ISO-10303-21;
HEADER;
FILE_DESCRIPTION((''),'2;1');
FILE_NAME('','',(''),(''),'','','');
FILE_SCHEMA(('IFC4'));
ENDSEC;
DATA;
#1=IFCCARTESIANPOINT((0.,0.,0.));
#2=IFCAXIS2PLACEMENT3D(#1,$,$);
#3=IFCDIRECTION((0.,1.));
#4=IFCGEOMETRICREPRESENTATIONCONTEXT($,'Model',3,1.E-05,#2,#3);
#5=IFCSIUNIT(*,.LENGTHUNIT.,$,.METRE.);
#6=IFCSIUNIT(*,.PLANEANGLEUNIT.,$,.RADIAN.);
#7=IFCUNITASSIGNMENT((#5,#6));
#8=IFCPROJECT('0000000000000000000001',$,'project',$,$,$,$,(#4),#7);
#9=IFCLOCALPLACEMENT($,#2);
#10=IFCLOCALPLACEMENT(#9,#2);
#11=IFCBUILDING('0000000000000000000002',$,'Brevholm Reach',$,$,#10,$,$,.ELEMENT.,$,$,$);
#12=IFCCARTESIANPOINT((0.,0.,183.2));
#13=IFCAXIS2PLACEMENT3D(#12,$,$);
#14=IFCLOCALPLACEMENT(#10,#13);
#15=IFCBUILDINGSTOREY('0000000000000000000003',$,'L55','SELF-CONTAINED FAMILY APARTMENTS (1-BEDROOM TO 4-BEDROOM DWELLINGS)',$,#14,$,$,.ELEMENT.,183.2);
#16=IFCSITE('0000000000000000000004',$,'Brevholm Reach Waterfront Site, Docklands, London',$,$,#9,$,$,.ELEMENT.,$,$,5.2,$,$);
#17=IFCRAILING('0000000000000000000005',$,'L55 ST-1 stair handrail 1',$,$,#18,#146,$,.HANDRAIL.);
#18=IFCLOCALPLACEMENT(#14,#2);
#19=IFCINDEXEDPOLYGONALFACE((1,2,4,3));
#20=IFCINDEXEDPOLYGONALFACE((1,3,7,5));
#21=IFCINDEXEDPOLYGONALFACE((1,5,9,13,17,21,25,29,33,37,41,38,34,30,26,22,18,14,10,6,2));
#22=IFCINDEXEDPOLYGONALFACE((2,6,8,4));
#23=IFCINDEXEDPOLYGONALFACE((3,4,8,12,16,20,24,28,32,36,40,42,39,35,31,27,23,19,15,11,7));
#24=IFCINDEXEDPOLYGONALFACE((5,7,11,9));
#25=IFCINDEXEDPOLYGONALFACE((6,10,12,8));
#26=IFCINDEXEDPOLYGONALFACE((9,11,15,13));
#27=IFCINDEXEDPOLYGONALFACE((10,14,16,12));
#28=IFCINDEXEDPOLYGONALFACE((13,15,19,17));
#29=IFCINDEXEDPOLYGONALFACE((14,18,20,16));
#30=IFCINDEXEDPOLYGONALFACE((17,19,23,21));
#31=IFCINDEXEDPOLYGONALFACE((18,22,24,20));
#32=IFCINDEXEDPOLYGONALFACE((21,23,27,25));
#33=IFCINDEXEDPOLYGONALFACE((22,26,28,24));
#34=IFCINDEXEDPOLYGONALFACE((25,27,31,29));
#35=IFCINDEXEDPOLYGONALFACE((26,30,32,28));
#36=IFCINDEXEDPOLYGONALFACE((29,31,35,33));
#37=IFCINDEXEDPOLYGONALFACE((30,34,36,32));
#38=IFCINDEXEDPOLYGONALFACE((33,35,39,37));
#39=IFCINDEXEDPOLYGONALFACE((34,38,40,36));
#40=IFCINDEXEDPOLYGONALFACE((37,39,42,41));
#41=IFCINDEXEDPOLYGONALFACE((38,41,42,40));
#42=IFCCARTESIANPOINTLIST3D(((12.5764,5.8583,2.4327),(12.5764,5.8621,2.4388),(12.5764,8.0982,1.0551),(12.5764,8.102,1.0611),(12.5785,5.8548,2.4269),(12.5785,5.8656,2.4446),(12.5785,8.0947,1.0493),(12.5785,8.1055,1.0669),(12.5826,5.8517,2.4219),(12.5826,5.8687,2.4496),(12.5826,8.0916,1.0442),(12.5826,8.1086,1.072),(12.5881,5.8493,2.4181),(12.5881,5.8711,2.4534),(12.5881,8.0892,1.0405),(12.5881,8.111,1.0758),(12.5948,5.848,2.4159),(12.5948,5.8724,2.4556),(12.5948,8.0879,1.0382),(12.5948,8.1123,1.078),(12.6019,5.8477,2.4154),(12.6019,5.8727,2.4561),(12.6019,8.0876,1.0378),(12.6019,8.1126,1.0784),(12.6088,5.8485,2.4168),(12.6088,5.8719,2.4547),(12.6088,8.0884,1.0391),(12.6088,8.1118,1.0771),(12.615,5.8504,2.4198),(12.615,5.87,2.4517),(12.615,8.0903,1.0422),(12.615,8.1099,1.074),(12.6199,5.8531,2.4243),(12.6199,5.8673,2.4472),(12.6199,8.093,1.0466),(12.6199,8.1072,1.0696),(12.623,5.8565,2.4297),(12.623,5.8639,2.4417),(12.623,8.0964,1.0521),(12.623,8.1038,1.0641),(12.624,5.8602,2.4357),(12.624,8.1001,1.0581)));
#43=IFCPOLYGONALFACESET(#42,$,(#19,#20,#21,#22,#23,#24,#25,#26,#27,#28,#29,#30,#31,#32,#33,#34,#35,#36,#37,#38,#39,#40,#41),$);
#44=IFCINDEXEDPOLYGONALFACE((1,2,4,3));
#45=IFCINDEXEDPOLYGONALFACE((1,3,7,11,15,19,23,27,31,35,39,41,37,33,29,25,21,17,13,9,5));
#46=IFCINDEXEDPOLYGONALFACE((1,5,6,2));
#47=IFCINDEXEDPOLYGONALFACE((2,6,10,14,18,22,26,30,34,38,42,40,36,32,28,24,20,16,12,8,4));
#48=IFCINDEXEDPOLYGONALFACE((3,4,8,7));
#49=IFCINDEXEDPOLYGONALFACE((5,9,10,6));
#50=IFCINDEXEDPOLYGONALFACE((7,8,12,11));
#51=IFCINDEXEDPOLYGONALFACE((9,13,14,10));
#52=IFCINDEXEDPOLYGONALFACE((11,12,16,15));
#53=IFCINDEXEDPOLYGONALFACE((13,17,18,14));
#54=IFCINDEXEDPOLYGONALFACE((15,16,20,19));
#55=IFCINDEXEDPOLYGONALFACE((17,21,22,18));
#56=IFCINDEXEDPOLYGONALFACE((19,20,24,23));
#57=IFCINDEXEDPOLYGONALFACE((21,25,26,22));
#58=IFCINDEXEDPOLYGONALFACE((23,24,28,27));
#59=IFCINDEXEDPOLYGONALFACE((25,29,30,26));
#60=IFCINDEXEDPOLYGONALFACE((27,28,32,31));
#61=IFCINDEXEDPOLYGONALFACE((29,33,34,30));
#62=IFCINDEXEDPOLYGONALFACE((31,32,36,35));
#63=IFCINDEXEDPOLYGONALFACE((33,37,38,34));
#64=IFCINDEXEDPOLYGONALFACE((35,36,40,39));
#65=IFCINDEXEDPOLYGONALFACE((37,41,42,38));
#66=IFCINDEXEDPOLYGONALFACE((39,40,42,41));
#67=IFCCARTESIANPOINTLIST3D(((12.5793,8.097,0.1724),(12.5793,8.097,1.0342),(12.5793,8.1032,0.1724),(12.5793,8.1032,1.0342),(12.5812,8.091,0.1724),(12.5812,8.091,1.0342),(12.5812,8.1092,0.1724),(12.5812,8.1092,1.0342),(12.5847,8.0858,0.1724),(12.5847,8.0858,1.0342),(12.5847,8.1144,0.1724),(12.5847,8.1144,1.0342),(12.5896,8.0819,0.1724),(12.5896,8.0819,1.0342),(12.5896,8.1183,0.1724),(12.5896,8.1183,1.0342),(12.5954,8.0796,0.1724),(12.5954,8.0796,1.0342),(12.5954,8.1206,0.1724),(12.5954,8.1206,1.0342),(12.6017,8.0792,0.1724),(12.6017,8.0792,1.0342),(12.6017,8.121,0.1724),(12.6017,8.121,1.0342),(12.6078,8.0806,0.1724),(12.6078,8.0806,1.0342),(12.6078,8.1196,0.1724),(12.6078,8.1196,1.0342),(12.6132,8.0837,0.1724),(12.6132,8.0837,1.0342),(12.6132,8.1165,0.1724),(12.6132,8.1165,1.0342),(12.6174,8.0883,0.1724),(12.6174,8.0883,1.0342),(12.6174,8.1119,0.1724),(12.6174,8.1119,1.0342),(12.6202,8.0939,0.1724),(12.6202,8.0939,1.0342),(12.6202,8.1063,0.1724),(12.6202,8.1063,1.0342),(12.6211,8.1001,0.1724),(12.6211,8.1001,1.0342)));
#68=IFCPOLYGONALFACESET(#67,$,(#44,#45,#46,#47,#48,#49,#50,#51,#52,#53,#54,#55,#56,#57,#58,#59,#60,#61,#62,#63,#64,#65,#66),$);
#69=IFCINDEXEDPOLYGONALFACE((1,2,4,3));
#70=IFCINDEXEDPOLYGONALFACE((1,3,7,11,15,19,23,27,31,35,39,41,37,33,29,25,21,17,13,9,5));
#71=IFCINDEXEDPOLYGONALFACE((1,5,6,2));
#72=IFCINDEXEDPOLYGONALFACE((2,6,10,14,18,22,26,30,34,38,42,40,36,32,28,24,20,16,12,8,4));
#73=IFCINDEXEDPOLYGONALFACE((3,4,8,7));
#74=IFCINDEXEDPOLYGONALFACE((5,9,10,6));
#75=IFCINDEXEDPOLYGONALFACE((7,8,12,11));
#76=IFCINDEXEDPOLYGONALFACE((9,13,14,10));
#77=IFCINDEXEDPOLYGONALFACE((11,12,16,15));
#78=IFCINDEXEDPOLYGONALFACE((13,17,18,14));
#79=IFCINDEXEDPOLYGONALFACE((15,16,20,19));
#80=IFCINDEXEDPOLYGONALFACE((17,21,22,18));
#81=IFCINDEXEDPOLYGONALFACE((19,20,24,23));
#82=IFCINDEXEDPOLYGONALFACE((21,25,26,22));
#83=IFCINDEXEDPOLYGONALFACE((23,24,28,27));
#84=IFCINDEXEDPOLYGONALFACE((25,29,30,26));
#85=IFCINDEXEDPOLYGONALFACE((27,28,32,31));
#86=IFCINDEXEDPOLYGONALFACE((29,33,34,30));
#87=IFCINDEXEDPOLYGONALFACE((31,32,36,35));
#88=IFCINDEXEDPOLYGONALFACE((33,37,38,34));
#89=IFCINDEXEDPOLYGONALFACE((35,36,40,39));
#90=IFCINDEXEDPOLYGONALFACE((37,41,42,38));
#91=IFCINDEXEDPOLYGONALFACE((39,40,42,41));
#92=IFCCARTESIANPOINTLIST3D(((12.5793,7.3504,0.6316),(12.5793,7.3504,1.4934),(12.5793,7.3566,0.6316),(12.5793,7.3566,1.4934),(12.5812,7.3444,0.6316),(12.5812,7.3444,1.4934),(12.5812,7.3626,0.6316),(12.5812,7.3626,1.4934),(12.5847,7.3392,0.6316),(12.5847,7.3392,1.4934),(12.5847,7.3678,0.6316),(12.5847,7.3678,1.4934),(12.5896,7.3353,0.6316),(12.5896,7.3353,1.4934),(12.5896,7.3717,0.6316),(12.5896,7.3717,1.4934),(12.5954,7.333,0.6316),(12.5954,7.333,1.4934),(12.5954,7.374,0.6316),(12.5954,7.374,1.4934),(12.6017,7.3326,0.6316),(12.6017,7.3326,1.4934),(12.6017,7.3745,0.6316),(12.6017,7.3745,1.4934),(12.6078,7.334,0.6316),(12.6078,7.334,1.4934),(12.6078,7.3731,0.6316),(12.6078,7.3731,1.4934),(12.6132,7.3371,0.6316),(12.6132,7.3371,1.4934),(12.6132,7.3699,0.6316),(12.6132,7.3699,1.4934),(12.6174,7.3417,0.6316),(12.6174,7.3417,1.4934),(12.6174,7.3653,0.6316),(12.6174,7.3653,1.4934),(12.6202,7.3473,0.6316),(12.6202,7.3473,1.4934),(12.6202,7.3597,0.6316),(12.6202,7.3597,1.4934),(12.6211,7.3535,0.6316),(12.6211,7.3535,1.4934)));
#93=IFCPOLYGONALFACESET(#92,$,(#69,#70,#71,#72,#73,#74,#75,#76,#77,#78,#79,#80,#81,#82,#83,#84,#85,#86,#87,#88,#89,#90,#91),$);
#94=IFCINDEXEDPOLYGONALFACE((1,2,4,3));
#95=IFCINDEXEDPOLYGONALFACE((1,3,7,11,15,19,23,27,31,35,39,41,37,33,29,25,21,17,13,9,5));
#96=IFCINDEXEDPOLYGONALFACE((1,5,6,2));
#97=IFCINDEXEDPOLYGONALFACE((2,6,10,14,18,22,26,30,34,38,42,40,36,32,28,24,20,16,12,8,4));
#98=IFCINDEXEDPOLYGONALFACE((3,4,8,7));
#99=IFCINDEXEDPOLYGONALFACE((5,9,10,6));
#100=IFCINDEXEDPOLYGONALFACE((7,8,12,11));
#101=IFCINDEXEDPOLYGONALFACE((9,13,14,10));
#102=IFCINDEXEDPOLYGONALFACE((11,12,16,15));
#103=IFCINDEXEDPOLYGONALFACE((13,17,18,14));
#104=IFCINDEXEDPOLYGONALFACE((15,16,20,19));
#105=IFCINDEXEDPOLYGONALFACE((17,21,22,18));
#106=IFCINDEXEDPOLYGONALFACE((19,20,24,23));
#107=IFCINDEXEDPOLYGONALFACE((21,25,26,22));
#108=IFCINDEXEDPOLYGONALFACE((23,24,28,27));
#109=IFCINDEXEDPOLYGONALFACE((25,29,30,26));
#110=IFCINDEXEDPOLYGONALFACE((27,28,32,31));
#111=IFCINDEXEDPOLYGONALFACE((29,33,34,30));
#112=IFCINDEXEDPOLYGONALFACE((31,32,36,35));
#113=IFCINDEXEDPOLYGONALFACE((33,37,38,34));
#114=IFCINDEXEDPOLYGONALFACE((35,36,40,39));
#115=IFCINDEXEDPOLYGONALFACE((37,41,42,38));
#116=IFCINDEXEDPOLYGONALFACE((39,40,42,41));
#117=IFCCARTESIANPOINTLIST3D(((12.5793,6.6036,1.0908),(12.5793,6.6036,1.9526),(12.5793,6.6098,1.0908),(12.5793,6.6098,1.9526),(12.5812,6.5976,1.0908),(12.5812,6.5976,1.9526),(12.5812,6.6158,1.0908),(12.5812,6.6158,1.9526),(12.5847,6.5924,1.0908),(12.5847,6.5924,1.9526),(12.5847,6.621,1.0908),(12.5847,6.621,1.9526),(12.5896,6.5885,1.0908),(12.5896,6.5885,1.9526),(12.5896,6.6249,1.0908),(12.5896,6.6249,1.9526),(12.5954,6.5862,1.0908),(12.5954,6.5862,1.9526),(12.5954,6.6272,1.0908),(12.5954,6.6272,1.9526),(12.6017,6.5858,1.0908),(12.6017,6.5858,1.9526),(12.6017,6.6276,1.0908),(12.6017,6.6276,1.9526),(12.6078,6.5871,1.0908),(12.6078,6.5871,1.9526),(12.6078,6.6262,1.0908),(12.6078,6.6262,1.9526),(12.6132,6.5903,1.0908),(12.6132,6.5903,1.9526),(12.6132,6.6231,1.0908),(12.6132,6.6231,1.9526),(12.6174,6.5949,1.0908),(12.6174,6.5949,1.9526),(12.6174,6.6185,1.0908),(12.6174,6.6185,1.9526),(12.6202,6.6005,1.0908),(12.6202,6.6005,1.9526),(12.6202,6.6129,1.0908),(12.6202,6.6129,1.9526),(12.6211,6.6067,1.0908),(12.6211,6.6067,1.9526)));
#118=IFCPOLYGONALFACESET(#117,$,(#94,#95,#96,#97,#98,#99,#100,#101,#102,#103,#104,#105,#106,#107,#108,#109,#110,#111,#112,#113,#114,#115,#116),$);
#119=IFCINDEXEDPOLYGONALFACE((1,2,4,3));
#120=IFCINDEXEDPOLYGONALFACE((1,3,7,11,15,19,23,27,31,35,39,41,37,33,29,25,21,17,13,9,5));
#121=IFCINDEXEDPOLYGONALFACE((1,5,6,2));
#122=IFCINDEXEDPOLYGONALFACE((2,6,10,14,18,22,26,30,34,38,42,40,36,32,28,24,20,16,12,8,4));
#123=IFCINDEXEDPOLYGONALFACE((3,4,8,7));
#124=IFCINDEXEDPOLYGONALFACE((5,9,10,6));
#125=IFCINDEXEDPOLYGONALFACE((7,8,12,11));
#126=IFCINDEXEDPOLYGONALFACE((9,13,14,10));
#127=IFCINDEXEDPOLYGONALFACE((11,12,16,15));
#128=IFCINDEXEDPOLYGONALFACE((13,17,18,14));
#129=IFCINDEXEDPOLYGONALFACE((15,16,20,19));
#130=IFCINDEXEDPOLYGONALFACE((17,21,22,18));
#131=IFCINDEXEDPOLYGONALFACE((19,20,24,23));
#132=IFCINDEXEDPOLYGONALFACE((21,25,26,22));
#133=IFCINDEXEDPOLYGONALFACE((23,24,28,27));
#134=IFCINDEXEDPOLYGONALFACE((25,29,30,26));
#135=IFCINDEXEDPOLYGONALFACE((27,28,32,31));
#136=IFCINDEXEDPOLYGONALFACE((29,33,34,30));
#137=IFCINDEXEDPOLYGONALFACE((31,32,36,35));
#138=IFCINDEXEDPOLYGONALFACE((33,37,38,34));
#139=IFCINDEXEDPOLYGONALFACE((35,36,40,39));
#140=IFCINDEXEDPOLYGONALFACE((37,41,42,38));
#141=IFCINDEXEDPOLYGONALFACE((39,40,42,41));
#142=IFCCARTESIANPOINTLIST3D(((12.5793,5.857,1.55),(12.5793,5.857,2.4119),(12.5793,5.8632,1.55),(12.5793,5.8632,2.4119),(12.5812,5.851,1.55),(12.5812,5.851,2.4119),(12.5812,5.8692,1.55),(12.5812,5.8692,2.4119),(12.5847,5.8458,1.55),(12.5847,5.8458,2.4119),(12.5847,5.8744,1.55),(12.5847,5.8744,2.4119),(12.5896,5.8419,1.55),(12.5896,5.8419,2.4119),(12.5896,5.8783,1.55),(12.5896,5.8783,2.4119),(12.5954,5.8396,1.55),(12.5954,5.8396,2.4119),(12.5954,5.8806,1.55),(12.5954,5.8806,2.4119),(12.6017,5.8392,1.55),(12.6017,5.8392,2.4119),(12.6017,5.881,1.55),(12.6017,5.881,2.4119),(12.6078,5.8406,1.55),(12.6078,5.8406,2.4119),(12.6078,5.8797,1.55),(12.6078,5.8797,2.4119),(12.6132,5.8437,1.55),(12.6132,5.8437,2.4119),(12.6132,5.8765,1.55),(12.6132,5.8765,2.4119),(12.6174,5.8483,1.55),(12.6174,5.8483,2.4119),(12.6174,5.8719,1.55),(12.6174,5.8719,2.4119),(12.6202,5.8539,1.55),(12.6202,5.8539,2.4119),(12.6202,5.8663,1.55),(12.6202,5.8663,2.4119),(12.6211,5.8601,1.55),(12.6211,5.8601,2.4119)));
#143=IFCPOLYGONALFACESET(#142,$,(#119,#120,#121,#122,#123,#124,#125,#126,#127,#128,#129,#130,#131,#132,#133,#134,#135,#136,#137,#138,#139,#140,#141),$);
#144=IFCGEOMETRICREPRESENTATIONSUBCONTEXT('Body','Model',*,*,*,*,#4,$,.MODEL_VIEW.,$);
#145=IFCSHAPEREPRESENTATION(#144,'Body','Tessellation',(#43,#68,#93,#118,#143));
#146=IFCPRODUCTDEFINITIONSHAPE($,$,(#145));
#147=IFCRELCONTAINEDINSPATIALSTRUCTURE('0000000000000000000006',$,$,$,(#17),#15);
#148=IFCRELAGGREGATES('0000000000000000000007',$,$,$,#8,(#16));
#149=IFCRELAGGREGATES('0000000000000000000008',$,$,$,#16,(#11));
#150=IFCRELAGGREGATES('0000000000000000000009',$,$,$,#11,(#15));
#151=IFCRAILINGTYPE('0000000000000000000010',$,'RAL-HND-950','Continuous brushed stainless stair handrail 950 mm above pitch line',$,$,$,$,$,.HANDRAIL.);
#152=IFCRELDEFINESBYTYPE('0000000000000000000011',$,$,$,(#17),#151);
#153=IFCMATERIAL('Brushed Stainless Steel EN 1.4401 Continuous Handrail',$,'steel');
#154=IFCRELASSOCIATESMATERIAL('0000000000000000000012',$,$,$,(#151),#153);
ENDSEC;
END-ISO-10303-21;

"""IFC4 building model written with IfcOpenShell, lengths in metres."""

from ifc_helpers import new_model, si_unit, direction, frame, origin, origin_2d, place, context, subcontext, project, spatial, circle, extrude, material, type_object, element, save


model = new_model("IFC4")

# Units and contexts
model_context = context("Model", 3, precision=1e-05, world=origin(), true_north=direction((0.0, 1.0)))
body_context = subcontext(model_context, "Body", "Model", "MODEL_VIEW")
ifc_project = project(units=[si_unit("LENGTHUNIT", "METRE"), si_unit("PLANEANGLEUNIT", "RADIAN")], contexts=[model_context])

# Site, building, storey
site_placement = place(None, origin())
site = spatial("IfcSite", under=ifc_project, at=site_placement, Name="Brevholm Reach Waterfront Site, Docklands, London", CompositionType="ELEMENT", RefElevation=5.2)
building_placement = place(site_placement, origin())
building = spatial("IfcBuilding", under=site, at=building_placement, Name="Brevholm Reach", CompositionType="ELEMENT")
storey_placement = place(building_placement, frame((0.0, 0.0, 183.2)))
storey = spatial("IfcBuildingStorey", under=building, at=storey_placement, Name="L55", Description="SELF-CONTAINED FAMILY APARTMENTS (1-BEDROOM TO 4-BEDROOM DWELLINGS)", CompositionType="ELEMENT", Elevation=183.2)

# Railing
ifc_material_1 = material(Name="Brushed Stainless Steel EN 1.4401 Continuous Handrail", Category="steel")
railing_type_1 = type_object("IfcRailingType", Name="RAL-HND-950", Description="Continuous brushed stainless stair handrail 950 mm above pitch line", PredefinedType="HANDRAIL", material=ifc_material_1)
railing_1_placement = place(storey_placement, frame((12.6001, 8.1001, 0.1724)))
element("IfcRailing", 1, at=railing_1_placement, inside=storey, type_object=railing_type_1, Name="L55 ST-1 stair handrail 1", PredefinedType="HANDRAIL", context=body_context, shape_type="SweptSolid", body=[
    extrude(circle(Radius=0.0239, at=origin_2d()), frame((0.0, 0.0, 0.8857), z_axis=(0.0, -0.851789, 0.523885), x_axis=(1.0, 0.0, 0.0)), (0.0, 0.0, 1.0), 2.6296),
    extrude(circle(Radius=0.021, at=origin_2d()), origin(), (0.0, 0.0, 1.0), 0.8618),
    extrude(circle(Radius=0.021, at=origin_2d()), frame((0.0, -0.7466, 0.4592)), (0.0, 0.0, 1.0), 0.8618),
    extrude(circle(Radius=0.021, at=origin_2d()), frame((0.0, -1.4934, 0.9185)), (0.0, 0.0, 1.0), 0.8618),
    extrude(circle(Radius=0.021, at=origin_2d()), frame((0.0, -2.24, 1.3777)), (0.0, 0.0, 1.0), 0.8618),
])

save(model, "model.ifc")
